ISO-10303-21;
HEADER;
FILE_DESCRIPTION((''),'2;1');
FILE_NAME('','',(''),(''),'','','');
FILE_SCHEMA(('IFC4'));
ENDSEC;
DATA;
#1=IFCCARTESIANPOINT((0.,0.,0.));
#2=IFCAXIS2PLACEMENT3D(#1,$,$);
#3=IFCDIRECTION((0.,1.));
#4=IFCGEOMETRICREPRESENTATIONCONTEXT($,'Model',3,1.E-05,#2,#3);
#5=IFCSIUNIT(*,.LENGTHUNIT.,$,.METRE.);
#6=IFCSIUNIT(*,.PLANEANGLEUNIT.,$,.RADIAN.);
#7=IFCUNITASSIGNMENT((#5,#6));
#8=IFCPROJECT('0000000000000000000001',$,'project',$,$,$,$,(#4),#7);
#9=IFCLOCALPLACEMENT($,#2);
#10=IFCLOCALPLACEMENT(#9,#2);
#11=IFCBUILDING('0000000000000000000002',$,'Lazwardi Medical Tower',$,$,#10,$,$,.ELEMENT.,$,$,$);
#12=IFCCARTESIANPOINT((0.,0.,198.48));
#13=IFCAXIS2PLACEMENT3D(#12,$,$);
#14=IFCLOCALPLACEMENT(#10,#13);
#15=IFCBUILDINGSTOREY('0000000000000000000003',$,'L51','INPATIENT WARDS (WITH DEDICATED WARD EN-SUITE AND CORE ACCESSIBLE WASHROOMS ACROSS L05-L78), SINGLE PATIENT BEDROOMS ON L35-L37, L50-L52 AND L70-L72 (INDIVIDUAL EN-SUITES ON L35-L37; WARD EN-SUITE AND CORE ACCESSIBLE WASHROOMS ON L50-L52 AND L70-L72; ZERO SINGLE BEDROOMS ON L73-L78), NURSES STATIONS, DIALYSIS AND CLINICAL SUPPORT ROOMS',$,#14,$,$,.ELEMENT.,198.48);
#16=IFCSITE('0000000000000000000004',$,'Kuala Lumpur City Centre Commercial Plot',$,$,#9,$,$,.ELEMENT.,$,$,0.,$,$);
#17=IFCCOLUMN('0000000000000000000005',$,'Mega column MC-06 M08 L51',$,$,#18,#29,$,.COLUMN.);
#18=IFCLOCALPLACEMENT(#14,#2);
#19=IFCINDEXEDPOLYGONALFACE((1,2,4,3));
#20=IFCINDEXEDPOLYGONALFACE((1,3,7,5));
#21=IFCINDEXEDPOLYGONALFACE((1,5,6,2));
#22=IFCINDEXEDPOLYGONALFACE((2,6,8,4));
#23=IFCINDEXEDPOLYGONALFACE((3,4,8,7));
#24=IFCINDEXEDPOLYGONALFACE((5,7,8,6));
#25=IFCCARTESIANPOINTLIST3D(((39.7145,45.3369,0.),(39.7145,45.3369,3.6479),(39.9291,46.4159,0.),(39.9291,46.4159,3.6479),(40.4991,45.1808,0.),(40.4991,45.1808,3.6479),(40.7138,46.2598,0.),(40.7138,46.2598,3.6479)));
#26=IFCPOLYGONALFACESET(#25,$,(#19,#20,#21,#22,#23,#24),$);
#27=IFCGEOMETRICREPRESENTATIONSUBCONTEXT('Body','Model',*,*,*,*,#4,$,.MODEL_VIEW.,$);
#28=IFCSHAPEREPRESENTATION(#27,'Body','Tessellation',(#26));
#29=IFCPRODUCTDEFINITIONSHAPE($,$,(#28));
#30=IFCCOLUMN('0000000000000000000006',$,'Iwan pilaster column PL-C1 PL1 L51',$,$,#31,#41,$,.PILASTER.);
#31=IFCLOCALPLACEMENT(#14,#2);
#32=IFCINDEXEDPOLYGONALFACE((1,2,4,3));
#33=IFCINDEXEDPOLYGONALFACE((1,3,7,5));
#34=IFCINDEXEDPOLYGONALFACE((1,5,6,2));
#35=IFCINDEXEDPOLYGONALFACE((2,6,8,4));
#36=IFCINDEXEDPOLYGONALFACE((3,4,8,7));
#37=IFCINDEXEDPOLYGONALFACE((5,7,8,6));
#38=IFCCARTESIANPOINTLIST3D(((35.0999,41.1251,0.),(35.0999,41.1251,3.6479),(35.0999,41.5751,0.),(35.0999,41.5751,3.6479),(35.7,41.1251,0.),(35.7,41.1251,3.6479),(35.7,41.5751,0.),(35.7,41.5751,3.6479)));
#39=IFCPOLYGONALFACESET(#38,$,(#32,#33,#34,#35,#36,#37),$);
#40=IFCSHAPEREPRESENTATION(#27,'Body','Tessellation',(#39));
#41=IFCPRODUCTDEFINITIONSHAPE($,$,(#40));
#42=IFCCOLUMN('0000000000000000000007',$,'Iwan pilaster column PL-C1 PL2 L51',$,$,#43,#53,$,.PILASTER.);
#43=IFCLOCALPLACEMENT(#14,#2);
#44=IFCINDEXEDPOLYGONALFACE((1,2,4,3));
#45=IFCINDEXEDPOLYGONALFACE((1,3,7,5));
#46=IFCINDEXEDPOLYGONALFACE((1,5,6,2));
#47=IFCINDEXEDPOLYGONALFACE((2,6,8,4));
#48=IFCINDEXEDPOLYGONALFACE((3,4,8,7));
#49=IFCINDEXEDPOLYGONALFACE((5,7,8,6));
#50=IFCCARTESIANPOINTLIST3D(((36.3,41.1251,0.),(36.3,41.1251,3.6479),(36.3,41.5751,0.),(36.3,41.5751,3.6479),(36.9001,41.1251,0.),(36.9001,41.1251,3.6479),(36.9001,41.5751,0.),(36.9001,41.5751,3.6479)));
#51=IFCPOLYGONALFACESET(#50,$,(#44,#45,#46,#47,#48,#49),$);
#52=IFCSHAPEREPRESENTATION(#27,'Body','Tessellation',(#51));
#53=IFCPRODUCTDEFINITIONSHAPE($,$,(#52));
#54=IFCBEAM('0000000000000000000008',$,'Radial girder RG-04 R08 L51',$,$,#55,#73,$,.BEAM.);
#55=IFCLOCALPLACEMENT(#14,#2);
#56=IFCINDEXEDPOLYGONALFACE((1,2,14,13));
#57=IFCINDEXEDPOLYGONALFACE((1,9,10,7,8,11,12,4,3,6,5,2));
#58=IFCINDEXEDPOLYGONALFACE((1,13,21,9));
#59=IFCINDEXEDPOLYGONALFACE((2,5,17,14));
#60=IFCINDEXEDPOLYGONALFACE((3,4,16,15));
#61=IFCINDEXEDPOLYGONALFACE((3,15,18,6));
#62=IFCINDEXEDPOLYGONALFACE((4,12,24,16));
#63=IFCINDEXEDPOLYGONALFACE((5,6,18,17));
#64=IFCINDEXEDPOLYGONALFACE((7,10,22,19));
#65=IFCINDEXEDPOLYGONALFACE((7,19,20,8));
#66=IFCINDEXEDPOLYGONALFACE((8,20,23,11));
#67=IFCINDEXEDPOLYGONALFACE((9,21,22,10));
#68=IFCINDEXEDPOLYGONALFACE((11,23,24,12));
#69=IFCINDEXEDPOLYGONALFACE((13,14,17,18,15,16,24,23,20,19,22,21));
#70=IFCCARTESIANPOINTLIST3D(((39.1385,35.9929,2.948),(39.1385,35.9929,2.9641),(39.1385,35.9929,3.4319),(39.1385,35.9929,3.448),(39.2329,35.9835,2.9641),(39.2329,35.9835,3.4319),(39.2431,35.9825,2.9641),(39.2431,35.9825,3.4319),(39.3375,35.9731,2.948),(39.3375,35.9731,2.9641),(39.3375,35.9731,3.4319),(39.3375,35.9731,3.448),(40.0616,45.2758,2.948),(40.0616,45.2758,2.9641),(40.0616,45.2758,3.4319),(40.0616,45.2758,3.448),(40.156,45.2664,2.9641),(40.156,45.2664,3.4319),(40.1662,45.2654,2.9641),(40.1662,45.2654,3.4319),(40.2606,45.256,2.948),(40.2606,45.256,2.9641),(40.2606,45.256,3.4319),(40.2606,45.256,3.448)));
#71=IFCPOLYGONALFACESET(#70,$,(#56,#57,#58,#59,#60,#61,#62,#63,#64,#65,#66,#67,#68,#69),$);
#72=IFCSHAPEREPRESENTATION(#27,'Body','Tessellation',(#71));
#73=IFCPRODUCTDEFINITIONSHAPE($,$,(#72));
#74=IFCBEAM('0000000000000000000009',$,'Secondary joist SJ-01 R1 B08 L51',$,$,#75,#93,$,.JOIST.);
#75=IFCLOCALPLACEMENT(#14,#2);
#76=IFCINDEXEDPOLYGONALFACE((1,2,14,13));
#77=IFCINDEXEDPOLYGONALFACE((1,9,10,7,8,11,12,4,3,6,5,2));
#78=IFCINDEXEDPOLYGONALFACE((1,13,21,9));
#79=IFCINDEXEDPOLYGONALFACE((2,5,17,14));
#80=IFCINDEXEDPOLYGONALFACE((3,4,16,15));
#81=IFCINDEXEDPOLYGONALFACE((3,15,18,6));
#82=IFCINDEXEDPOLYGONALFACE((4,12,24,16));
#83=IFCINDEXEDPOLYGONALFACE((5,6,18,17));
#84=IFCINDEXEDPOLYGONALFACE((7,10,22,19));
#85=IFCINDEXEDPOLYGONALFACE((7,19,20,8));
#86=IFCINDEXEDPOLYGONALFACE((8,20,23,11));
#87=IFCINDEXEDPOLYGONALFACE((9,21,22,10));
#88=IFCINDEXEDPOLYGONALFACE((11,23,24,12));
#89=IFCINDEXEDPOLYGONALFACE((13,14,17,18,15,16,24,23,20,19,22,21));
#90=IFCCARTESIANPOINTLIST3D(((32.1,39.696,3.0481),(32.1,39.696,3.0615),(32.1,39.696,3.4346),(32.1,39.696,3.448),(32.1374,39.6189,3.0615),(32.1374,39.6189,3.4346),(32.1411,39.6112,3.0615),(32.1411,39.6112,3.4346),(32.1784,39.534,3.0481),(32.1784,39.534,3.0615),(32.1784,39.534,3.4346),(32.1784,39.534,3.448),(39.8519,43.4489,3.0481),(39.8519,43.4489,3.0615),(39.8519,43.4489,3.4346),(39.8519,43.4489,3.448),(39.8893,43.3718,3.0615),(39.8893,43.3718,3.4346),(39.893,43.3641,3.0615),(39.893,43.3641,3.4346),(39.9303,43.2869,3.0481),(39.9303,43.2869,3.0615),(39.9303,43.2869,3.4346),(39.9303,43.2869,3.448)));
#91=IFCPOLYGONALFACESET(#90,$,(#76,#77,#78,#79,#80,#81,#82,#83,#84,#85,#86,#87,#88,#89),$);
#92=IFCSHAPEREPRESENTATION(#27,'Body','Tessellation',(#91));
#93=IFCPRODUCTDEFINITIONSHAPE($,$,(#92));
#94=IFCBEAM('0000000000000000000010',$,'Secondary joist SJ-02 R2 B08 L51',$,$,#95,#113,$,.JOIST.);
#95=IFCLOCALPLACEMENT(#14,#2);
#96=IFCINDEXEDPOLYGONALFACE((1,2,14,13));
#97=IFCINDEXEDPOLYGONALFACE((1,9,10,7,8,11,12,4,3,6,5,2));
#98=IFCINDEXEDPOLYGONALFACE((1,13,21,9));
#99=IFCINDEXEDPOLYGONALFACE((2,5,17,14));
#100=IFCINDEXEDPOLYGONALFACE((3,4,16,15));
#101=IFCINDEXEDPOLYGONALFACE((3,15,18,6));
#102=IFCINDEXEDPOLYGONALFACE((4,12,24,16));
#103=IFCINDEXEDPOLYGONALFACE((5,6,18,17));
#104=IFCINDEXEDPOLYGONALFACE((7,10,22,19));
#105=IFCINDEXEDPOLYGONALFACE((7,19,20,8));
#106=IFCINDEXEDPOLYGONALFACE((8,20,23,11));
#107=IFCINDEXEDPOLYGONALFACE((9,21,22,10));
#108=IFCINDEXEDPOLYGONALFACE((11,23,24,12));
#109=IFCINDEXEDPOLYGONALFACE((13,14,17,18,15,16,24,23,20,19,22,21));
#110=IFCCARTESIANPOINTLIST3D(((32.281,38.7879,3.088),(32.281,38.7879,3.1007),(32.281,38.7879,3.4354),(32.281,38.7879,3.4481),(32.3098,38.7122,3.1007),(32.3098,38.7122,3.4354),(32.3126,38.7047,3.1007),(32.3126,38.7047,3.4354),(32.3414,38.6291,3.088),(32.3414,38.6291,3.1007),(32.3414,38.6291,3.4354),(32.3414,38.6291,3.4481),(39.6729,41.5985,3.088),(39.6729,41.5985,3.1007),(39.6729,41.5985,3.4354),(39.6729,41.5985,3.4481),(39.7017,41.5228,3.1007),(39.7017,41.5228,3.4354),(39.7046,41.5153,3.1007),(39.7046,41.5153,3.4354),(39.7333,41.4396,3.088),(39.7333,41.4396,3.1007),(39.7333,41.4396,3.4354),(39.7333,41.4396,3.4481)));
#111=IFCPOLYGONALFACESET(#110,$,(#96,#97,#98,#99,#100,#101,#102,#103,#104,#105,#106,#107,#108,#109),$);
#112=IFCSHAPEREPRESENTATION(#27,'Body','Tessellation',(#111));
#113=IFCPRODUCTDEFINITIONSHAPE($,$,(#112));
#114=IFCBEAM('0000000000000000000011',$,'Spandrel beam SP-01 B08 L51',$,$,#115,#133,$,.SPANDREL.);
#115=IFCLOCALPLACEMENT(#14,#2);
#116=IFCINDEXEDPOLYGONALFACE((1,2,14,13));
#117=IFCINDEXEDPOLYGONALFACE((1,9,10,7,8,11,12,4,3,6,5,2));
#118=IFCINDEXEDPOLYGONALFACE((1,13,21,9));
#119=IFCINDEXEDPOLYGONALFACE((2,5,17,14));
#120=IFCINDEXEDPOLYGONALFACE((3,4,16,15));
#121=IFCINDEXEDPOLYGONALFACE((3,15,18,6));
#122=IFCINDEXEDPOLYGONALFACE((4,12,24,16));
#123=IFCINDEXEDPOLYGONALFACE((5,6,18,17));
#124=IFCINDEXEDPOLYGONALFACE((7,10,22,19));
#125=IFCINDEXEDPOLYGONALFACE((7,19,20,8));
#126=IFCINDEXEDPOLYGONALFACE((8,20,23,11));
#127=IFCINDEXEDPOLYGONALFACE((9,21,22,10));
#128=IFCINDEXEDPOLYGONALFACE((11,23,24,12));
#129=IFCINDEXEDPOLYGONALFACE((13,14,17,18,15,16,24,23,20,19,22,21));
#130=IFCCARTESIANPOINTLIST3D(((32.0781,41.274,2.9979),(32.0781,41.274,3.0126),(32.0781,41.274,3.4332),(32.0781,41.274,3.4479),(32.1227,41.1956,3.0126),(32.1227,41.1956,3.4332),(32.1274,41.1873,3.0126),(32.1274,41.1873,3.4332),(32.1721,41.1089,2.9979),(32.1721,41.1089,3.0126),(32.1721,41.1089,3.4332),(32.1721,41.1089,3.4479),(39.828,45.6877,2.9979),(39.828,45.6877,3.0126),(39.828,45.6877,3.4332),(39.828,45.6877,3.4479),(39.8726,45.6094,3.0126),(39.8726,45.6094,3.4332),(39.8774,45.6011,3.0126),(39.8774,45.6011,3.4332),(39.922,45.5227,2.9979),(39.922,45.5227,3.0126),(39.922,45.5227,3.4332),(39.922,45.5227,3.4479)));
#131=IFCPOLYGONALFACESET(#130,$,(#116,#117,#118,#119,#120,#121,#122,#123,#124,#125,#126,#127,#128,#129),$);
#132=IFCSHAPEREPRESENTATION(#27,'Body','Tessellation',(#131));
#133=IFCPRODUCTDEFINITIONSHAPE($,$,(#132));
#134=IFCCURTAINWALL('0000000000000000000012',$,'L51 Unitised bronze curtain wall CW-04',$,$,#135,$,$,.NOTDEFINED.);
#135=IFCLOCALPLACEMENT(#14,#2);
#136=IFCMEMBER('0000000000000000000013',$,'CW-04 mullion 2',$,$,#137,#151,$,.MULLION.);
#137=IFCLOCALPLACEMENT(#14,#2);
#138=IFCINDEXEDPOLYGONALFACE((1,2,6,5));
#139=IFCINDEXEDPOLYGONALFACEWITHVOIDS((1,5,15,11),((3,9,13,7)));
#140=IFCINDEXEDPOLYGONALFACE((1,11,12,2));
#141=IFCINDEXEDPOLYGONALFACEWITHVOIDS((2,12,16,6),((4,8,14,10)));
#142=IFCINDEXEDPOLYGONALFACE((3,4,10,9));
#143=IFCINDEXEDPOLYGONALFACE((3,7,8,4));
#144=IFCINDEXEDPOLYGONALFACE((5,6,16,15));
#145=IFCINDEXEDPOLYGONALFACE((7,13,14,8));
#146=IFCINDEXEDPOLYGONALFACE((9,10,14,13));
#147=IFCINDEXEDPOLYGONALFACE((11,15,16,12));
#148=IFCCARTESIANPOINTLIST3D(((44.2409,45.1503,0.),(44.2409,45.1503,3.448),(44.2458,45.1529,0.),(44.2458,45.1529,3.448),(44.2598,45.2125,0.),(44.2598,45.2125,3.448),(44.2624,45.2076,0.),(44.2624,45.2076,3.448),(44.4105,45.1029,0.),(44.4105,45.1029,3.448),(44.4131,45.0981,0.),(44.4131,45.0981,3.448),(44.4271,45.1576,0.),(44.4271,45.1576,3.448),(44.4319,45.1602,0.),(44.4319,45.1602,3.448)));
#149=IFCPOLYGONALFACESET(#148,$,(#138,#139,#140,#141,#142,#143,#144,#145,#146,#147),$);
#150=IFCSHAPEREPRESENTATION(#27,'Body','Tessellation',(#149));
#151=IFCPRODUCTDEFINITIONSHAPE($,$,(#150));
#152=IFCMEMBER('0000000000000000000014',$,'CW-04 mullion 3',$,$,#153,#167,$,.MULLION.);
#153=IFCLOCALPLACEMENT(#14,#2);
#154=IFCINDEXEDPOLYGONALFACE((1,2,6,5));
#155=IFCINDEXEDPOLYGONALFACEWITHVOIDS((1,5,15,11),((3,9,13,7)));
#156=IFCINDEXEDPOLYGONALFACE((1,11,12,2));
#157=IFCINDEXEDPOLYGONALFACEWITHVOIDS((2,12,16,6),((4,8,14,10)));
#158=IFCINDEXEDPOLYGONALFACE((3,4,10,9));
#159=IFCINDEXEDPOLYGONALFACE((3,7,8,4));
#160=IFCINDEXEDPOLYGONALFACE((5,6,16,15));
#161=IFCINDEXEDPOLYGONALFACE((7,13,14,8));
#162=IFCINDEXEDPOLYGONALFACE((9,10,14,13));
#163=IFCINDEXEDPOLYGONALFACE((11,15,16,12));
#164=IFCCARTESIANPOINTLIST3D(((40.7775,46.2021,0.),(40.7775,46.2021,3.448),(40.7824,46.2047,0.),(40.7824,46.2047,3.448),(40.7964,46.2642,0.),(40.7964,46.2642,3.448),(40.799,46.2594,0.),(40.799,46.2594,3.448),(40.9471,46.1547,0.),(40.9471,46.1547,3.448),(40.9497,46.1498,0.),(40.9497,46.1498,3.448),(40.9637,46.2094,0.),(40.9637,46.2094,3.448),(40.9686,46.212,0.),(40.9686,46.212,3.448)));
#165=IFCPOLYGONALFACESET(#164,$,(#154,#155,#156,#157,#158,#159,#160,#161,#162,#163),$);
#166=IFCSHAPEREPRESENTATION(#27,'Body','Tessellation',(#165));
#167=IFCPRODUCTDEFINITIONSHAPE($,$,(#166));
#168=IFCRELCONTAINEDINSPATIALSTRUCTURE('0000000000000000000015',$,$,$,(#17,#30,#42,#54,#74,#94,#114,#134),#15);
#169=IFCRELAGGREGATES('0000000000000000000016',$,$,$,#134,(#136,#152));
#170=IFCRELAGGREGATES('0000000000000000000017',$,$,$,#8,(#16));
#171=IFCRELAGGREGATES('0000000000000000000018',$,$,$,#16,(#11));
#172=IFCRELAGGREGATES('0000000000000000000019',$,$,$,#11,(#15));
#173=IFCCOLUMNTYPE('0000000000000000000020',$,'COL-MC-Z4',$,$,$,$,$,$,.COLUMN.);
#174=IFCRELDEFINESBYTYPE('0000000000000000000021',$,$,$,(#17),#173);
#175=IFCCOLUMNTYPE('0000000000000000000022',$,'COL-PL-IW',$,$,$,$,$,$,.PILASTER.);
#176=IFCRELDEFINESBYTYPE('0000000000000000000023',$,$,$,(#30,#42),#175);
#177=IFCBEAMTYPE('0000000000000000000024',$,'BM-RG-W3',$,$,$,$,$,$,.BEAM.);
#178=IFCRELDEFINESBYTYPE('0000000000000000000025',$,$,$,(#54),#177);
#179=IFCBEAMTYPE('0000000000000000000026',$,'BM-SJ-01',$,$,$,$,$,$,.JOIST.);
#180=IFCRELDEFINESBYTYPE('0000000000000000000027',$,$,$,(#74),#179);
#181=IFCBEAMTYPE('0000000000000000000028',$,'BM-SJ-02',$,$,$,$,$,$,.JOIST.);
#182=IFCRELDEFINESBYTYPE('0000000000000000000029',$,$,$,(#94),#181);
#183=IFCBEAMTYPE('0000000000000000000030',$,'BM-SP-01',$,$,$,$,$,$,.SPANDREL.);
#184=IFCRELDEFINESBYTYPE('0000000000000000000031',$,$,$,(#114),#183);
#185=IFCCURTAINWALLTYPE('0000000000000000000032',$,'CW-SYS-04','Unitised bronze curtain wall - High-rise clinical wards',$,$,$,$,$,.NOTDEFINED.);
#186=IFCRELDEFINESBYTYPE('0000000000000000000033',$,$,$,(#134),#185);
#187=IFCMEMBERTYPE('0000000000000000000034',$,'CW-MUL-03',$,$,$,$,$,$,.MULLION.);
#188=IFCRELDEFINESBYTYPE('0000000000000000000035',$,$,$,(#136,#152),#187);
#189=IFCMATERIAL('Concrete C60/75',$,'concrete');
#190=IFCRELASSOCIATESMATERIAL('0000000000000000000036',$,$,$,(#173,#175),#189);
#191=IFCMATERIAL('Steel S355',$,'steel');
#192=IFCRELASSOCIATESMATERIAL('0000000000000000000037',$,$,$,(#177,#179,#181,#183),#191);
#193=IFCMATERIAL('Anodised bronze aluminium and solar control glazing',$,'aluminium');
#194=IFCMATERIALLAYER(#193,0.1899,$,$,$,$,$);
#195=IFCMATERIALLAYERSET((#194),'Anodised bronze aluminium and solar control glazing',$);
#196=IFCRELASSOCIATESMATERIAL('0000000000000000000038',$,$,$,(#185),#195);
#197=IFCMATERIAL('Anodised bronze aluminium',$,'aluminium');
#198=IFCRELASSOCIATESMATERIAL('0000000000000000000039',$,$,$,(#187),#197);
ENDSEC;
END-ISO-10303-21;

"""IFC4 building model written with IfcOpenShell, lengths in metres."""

from ifc_helpers import new_model, si_unit, direction, frame, origin, origin_2d, place, context, subcontext, project, spatial, rectangle, hollow_rectangle, i_section, extrude, material, layer, layer_set, material_profile, profile_set, type_object, element, aggregate, save


model = new_model("IFC4")

# Units and contexts
model_context = context("Model", 3, precision=1e-05, world=origin(), true_north=direction((0.0, 1.0)))
body_context = subcontext(model_context, "Body", "Model", "MODEL_VIEW")
ifc_project = project(units=[si_unit("LENGTHUNIT", "METRE"), si_unit("PLANEANGLEUNIT", "RADIAN")], contexts=[model_context])

# Site, building, storey
site_placement = place(None, origin())
site = spatial("IfcSite", under=ifc_project, at=site_placement, Name="Kuala Lumpur City Centre Commercial Plot", CompositionType="ELEMENT", RefElevation=0.0)
building_placement = place(site_placement, origin())
building = spatial("IfcBuilding", under=site, at=building_placement, Name="Lazwardi Medical Tower", CompositionType="ELEMENT")
storey_placement = place(building_placement, frame((0.0, 0.0, 198.48)))
storey = spatial("IfcBuildingStorey", under=building, at=storey_placement, Name="L51", Description="INPATIENT WARDS (WITH DEDICATED WARD EN-SUITE AND CORE ACCESSIBLE WASHROOMS ACROSS L05-L78), SINGLE PATIENT BEDROOMS ON L35-L37, L50-L52 AND L70-L72 (INDIVIDUAL EN-SUITES ON L35-L37; WARD EN-SUITE AND CORE ACCESSIBLE WASHROOMS ON L50-L52 AND L70-L72; ZERO SINGLE BEDROOMS ON L73-L78), NURSES STATIONS, DIALYSIS AND CLINICAL SUPPORT ROOMS", CompositionType="ELEMENT", Elevation=198.48)

# Columns
ifc_material_1 = material(Name="Concrete C60/75", Category="concrete")
ifc_material_profile_1 = material_profile(ifc_material_1, rectangle(XDim=1.1001, YDim=0.8, at=origin_2d()), Name="CFT-RECT 1100x800")
ifc_profile_set_1 = profile_set([ifc_material_profile_1], Name="Concrete C60/75")
column_type_1 = type_object("IfcColumnType", Name="COL-MC-Z4", PredefinedType="COLUMN", material=ifc_profile_set_1)
column_placement = place(storey_placement, frame((40.2141, 45.7983, 0.0), z_axis=(0.0, 0.0, 1.0), x_axis=(0.19509, 0.980785, 0.0)))
element("IfcColumn", 1, at=column_placement, inside=storey, type_object=column_type_1, Name="Mega column MC-06 M08 L51", PredefinedType="COLUMN", context=body_context, shape_type="SweptSolid", body=[
    extrude(rectangle(XDim=1.1001, YDim=0.8, at=origin_2d()), origin(), (0.0, 0.0, 1.0), 3.6479),
])
ifc_material_profile_2 = material_profile(ifc_material_1, rectangle(XDim=0.6001, YDim=0.45, at=origin_2d()), Name="RC 600x450")
ifc_profile_set_2 = profile_set([ifc_material_profile_2], Name="Concrete C60/75")
column_type_2 = type_object("IfcColumnType", Name="COL-PL-IW", PredefinedType="PILASTER", material=ifc_profile_set_2)
for number, where, z_axis, x_axis, name in (
    (2, (35.3999, 41.3501, 0.0), (0.0, 0.0, 1.0), (1.0, 0.0, 0.0), "Iwan pilaster column PL-C1 PL1 L51"),
    (3, (36.6001, 41.3501, 0.0), (0.0, 0.0, 1.0), (1.0, 0.0, 0.0), "Iwan pilaster column PL-C1 PL2 L51"),
):
    element("IfcColumn", number, at=place(storey_placement, frame(where, z_axis=z_axis, x_axis=x_axis)), inside=storey, type_object=column_type_2, Name=name, PredefinedType="PILASTER", context=body_context, shape_type="SweptSolid", body=[
        extrude(rectangle(XDim=0.6001, YDim=0.45, at=origin_2d()), origin(), (0.0, 0.0, 1.0), 3.6479),
    ])

# Beams
ifc_material_2 = material(Name="Steel S355", Category="steel")
ifc_material_profile_3 = material_profile(ifc_material_2, i_section(OverallWidth=0.2, OverallDepth=0.5, WebThickness=0.0103, FlangeThickness=0.0161, at=origin_2d()), Name="IPE 500")
ifc_profile_set_3 = profile_set([ifc_material_profile_3], Name="Steel S355")
beam_type_1 = type_object("IfcBeamType", Name="BM-RG-W3", PredefinedType="BEAM", material=ifc_profile_set_3)
beam_1_placement = place(storey_placement, frame((40.1611, 45.2659, 3.198), z_axis=(-0.098954, -0.995092, 0.0), x_axis=(0.995092, -0.098954, 0.0)))
element("IfcBeam", 4, at=beam_1_placement, inside=storey, type_object=beam_type_1, Name="Radial girder RG-04 R08 L51", PredefinedType="BEAM", context=body_context, shape_type="SweptSolid", body=[
    extrude(i_section(OverallWidth=0.2, OverallDepth=0.5, WebThickness=0.0103, FlangeThickness=0.0161, at=origin_2d()), origin(), (0.0, 0.0, 1.0), 9.3286),
])
ifc_material_profile_4 = material_profile(ifc_material_2, i_section(OverallWidth=0.1799, OverallDepth=0.3999, WebThickness=0.0085, FlangeThickness=0.0134, at=origin_2d()), Name="IPE 400")
ifc_profile_set_4 = profile_set([ifc_material_profile_4], Name="Steel S355")
beam_type_2 = type_object("IfcBeamType", Name="BM-SJ-01", PredefinedType="JOIST", material=ifc_profile_set_4)
beam_2_placement = place(storey_placement, frame((39.8911, 43.3679, 3.248), z_axis=(-0.900069, -0.435748, 0.0), x_axis=(0.435748, -0.900069, 0.0)))
element("IfcBeam", 5, at=beam_2_placement, inside=storey, type_object=beam_type_2, Name="Secondary joist SJ-01 R1 B08 L51", PredefinedType="JOIST", context=body_context, shape_type="SweptSolid", body=[
    extrude(i_section(OverallWidth=0.1799, OverallDepth=0.3999, WebThickness=0.0085, FlangeThickness=0.0134, at=origin_2d()), origin(), (0.0, 0.0, 1.0), 8.6125),
])
ifc_material_profile_5 = material_profile(ifc_material_2, i_section(OverallWidth=0.1699, OverallDepth=0.3601, WebThickness=0.0081, FlangeThickness=0.0127, at=origin_2d()), Name="IPE 360")
ifc_profile_set_5 = profile_set([ifc_material_profile_5], Name="Steel S355")
beam_type_3 = type_object("IfcBeamType", Name="BM-SJ-02", PredefinedType="JOIST", material=ifc_profile_set_5)
beam_3_placement = place(storey_placement, frame((39.7031, 41.519, 3.2681), z_axis=(-0.934714, -0.3554, 0.0), x_axis=(0.3554, -0.934714, 0.0)))
element("IfcBeam", 6, at=beam_3_placement, inside=storey, type_object=beam_type_3, Name="Secondary joist SJ-02 R2 B08 L51", PredefinedType="JOIST", context=body_context, shape_type="SweptSolid", body=[
    extrude(i_section(OverallWidth=0.1699, OverallDepth=0.3601, WebThickness=0.0081, FlangeThickness=0.0127, at=origin_2d()), origin(), (0.0, 0.0, 1.0), 7.9082),
])
ifc_material_profile_6 = material_profile(ifc_material_2, i_section(OverallWidth=0.1899, OverallDepth=0.45, WebThickness=0.0095, FlangeThickness=0.0146, at=origin_2d()), Name="IPE 450")
ifc_profile_set_6 = profile_set([ifc_material_profile_6], Name="Steel S355")
beam_type_4 = type_object("IfcBeamType", Name="BM-SP-01", PredefinedType="SPANDREL", material=ifc_profile_set_6)
beam_4_placement = place(storey_placement, frame((39.875, 45.6052, 3.2229), z_axis=(-0.868955, -0.494891, 0.0), x_axis=(0.494891, -0.868955, 0.0)))
element("IfcBeam", 7, at=beam_4_placement, inside=storey, type_object=beam_type_4, Name="Spandrel beam SP-01 B08 L51", PredefinedType="SPANDREL", context=body_context, shape_type="SweptSolid", body=[
    extrude(i_section(OverallWidth=0.1899, OverallDepth=0.45, WebThickness=0.0095, FlangeThickness=0.0146, at=origin_2d()), origin(), (0.0, 0.0, 1.0), 8.9187),
])

# Curtain wall, members
ifc_material_3 = material(Name="Anodised bronze aluminium and solar control glazing", Category="aluminium")
ifc_layer_1 = layer(ifc_material_3, 0.1899)
ifc_layer_set_1 = layer_set([ifc_layer_1], Name="Anodised bronze aluminium and solar control glazing")
curtain_wall_type = type_object("IfcCurtainWallType", Name="CW-SYS-04", Description="Unitised bronze curtain wall - High-rise clinical wards", PredefinedType="NOTDEFINED", material=ifc_layer_set_1)
curtain_wall_placement = place(storey_placement, origin())
curtain_wall = element("IfcCurtainWall", 8, at=curtain_wall_placement, inside=storey, type_object=curtain_wall_type, Name="L51 Unitised bronze curtain wall CW-04", PredefinedType="NOTDEFINED")
ifc_material_4 = material(Name="Anodised bronze aluminium", Category="aluminium")
ifc_material_profile_7 = material_profile(ifc_material_4, hollow_rectangle(XDim=0.0649, YDim=0.1799, WallThickness=0.0039, at=origin_2d()), Name="ALU-MULLION 180x65x4")
ifc_profile_set_7 = profile_set([ifc_material_profile_7], Name="Anodised bronze aluminium")
member_type_1 = type_object("IfcMemberType", Name="CW-MUL-03", PredefinedType="MULLION", material=ifc_profile_set_7)
member_1_placement = place(storey_placement, frame((44.3364, 45.1553, 0.0), z_axis=(0.0, 0.0, 1.0), x_axis=(-0.290582, -0.95685, 0.0)))
member_1 = element("IfcMember", 9, at=member_1_placement, type_object=member_type_1, Name="CW-04 mullion 2", PredefinedType="MULLION", context=body_context, shape_type="SweptSolid", body=[
    extrude(hollow_rectangle(XDim=0.0649, YDim=0.1799, WallThickness=0.0039, at=origin_2d()), origin(), (0.0, 0.0, 1.0), 3.448),
])
member_2_placement = place(storey_placement, frame((40.873, 46.207, 0.0), z_axis=(0.0, 0.0, 1.0), x_axis=(-0.290582, -0.95685, 0.0)))
member_2 = element("IfcMember", 10, at=member_2_placement, type_object=member_type_1, Name="CW-04 mullion 3", PredefinedType="MULLION", context=body_context, shape_type="SweptSolid", body=[
    extrude(hollow_rectangle(XDim=0.0649, YDim=0.1799, WallThickness=0.0039, at=origin_2d()), origin(), (0.0, 0.0, 1.0), 3.448),
])
aggregate(curtain_wall, [member_1, member_2])

save(model, "model.ifc")
